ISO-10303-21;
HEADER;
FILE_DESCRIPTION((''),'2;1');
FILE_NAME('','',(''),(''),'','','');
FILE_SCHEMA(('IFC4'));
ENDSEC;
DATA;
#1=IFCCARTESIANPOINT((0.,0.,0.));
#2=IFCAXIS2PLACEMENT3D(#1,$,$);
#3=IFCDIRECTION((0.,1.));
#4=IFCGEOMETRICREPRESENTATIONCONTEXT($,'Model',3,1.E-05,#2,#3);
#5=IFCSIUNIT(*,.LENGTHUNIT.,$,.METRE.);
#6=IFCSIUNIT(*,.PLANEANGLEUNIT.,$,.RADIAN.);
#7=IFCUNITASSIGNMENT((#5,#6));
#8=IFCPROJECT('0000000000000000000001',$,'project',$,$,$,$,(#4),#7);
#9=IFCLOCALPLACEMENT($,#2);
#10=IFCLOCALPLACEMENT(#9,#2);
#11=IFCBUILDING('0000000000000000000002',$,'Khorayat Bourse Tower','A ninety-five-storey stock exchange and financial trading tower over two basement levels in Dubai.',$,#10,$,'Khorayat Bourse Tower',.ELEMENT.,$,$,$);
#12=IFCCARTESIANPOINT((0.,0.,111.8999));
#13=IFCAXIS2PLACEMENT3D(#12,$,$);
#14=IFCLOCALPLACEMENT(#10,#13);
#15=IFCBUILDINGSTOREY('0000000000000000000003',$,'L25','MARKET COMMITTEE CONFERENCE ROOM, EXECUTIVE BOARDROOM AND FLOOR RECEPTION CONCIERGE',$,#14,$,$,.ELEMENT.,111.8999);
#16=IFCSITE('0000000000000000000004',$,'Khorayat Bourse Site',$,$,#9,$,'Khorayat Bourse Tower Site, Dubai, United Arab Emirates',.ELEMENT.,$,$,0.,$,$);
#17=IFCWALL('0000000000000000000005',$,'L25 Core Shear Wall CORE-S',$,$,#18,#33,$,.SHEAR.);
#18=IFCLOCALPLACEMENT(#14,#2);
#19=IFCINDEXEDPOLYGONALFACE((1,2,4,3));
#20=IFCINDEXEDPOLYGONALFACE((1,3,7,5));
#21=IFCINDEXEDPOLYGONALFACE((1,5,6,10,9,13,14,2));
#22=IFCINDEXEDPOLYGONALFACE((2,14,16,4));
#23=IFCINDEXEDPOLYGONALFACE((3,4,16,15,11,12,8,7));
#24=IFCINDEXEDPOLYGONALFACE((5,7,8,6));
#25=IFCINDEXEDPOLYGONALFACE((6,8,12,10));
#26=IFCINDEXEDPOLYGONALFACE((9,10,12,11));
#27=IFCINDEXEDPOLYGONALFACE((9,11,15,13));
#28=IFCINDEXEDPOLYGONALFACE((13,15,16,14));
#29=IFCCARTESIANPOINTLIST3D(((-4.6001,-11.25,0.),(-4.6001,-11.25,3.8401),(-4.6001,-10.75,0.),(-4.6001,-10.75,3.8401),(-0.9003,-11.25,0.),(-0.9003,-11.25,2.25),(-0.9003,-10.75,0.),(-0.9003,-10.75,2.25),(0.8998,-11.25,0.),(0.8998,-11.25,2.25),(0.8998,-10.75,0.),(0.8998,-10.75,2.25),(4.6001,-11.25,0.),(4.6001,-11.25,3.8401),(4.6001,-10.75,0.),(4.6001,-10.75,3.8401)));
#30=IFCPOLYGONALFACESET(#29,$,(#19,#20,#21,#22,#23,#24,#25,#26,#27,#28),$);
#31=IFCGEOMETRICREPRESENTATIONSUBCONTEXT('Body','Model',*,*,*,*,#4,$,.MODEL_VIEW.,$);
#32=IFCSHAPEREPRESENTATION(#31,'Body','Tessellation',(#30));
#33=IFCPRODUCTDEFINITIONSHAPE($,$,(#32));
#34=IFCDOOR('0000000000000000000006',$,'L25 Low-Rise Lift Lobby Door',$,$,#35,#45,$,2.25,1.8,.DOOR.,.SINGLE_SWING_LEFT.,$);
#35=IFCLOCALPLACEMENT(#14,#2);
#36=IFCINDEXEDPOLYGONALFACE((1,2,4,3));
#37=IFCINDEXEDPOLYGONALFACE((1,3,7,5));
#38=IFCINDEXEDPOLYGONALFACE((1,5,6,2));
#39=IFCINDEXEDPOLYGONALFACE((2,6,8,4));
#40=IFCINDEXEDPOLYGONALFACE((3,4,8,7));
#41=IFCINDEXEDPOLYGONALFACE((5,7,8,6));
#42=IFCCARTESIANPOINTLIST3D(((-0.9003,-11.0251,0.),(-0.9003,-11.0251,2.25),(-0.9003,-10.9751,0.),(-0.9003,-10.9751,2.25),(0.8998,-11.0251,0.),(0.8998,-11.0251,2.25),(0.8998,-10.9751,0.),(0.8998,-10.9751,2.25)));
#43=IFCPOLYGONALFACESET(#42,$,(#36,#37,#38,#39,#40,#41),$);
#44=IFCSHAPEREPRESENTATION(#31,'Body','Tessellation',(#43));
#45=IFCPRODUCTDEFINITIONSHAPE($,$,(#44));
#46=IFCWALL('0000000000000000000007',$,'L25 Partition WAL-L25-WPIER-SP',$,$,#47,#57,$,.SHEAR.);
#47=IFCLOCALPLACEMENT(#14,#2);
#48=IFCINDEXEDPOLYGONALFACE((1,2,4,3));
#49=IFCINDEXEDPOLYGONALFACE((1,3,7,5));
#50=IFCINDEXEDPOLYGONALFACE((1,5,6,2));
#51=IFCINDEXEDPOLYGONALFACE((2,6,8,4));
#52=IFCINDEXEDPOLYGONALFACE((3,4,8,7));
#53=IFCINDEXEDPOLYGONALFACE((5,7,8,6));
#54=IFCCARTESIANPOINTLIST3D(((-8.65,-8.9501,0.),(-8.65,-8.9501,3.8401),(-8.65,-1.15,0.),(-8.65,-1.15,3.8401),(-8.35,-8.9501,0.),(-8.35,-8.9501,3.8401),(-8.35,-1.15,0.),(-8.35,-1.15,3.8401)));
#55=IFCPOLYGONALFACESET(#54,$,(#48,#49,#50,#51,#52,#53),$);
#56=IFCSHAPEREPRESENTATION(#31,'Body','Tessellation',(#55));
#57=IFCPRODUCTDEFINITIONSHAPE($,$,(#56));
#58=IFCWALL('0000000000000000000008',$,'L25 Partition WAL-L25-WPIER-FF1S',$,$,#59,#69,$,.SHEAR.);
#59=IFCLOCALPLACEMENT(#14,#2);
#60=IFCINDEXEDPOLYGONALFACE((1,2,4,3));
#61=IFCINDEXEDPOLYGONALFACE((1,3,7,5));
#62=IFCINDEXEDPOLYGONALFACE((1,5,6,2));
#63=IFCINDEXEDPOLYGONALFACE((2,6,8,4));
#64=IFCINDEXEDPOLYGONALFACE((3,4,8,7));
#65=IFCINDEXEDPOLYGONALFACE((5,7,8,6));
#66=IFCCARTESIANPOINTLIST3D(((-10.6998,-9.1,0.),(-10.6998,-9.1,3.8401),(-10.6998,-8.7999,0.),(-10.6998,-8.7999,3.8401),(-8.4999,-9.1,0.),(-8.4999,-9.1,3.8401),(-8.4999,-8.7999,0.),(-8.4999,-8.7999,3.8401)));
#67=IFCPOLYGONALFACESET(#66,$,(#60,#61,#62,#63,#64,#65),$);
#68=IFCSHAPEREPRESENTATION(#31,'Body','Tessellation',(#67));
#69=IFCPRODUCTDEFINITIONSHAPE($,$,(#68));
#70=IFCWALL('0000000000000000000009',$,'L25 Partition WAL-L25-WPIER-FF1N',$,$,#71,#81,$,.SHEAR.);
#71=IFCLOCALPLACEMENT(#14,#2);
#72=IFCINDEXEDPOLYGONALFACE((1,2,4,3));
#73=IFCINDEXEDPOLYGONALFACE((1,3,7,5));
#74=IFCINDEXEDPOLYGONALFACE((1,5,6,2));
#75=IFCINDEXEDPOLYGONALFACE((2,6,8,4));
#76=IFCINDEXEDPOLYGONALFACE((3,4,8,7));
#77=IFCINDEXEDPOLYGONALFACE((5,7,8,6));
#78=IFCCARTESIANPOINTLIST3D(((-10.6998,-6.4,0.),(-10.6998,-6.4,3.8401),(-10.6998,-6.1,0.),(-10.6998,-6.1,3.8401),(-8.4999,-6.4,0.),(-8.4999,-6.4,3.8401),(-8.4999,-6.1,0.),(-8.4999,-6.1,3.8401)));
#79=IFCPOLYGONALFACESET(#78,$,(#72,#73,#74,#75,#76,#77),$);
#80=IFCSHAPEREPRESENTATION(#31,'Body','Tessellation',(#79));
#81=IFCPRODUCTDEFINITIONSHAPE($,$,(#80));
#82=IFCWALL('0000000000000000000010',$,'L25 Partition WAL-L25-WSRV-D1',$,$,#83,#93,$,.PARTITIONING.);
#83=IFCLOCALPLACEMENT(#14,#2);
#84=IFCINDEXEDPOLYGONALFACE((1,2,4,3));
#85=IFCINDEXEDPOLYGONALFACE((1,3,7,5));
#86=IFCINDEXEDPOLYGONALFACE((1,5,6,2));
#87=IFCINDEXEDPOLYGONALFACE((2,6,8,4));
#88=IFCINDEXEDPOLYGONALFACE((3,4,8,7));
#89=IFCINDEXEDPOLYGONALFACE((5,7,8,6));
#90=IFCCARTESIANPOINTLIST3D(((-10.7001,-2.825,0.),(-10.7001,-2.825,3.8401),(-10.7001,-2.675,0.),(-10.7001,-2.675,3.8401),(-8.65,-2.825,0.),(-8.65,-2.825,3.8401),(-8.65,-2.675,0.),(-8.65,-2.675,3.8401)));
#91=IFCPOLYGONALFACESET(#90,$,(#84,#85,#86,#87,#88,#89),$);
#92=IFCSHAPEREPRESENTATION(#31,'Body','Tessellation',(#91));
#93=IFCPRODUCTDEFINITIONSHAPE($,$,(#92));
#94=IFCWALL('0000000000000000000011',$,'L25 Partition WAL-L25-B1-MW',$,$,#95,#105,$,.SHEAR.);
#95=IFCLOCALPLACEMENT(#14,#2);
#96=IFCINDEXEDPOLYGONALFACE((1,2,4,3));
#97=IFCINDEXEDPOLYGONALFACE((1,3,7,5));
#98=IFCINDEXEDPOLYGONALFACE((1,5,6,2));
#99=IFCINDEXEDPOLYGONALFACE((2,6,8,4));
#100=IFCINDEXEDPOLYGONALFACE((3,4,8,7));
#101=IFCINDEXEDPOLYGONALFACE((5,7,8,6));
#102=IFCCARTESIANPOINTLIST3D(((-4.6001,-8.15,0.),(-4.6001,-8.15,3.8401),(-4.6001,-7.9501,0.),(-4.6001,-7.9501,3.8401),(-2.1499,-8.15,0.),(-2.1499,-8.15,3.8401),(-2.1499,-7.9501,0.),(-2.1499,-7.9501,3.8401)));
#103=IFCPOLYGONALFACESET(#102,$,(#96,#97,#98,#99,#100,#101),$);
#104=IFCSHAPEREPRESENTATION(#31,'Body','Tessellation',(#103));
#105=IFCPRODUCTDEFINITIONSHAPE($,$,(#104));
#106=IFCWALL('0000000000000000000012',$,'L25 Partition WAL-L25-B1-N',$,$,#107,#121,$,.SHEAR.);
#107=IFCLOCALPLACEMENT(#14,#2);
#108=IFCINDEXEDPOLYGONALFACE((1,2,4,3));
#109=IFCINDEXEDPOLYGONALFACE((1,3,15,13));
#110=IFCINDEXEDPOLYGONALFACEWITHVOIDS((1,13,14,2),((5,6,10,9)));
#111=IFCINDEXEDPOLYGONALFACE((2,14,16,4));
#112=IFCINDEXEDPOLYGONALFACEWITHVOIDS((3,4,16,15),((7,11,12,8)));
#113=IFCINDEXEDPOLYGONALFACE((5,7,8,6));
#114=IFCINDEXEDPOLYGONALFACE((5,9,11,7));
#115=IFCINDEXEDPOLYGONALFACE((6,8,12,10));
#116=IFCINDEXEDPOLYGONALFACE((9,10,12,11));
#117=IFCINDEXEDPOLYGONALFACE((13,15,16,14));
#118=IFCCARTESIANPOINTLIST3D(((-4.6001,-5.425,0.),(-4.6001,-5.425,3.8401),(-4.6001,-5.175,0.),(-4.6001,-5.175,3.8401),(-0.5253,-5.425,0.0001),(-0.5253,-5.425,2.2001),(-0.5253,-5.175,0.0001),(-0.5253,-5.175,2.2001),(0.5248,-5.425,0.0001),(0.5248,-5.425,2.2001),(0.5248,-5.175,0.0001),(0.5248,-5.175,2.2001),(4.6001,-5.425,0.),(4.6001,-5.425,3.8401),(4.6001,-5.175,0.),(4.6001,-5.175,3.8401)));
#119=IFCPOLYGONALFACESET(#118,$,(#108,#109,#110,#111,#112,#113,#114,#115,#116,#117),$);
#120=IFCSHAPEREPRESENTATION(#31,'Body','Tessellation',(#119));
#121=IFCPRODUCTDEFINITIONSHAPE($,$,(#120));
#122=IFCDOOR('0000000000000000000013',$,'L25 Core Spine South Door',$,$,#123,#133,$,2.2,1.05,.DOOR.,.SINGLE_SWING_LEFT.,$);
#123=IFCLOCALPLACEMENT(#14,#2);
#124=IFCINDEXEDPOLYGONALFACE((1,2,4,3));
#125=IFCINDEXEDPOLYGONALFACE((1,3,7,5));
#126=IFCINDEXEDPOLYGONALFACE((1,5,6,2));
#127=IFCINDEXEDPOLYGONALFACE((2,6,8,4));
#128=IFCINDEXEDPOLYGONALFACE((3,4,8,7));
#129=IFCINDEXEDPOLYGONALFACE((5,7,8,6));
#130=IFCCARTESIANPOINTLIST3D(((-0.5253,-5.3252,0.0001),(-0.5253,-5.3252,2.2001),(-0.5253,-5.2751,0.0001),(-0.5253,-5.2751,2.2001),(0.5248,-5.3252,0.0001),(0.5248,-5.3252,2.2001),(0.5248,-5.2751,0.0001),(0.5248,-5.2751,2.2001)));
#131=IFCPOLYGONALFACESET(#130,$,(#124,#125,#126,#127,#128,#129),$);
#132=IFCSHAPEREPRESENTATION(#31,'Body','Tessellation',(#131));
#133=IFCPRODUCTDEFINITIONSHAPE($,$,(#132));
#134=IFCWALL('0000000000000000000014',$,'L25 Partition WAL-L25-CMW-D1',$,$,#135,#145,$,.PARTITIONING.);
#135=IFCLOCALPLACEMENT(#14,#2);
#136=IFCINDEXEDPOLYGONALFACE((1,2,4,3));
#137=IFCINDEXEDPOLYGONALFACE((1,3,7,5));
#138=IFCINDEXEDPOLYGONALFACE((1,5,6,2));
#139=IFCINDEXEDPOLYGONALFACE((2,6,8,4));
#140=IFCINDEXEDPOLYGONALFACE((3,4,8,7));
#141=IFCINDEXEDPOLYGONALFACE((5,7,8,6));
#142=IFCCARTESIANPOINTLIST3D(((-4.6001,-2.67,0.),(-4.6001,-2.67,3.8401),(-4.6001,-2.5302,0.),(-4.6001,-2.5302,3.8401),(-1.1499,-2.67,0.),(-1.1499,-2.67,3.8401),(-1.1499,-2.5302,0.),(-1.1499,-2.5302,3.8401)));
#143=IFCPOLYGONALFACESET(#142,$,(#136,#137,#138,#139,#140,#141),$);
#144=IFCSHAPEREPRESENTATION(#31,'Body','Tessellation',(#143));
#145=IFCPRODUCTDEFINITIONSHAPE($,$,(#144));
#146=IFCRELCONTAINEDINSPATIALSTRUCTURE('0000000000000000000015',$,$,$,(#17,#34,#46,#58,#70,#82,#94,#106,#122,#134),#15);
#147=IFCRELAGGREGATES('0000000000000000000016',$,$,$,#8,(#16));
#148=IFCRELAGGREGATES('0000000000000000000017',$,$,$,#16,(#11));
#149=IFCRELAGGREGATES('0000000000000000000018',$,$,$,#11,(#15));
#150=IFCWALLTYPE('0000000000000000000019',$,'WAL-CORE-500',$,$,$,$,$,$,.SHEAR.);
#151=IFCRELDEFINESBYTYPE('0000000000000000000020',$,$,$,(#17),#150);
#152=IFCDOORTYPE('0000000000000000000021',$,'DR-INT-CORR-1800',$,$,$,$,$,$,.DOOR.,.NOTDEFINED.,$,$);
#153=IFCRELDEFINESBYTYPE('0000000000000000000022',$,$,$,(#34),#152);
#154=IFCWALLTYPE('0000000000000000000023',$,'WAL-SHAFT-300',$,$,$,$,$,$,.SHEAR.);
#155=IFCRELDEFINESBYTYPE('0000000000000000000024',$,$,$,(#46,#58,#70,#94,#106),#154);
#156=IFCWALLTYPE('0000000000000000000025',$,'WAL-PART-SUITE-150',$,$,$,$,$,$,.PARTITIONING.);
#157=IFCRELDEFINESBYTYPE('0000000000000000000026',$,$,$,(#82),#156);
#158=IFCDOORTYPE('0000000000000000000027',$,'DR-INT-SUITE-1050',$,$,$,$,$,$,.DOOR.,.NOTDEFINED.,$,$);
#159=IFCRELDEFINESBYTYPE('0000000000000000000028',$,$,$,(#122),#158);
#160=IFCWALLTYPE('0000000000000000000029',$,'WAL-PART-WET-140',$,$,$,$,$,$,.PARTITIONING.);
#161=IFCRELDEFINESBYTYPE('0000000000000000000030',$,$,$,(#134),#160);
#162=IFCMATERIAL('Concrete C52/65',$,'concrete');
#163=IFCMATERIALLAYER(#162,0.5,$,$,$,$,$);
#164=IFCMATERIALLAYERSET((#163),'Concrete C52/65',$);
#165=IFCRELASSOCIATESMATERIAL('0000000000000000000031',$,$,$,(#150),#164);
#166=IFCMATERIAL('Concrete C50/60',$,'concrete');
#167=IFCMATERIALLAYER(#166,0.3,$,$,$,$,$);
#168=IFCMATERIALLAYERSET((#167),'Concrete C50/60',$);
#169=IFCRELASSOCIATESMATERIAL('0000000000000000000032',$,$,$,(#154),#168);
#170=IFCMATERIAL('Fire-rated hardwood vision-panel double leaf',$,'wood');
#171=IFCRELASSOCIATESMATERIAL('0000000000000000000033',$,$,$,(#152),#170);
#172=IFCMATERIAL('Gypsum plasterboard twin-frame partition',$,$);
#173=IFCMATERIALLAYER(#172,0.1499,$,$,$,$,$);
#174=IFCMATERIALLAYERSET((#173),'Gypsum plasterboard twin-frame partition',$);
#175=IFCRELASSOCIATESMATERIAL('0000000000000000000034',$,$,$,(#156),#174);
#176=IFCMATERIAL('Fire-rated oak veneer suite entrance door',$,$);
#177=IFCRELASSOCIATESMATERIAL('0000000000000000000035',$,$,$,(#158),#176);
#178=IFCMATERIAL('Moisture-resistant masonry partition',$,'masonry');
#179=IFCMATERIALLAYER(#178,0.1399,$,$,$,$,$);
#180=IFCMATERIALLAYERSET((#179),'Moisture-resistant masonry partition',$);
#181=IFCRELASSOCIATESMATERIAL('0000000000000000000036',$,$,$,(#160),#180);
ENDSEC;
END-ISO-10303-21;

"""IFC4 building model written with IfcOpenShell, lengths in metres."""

from ifc_helpers import new_model, si_unit, direction, frame, frame_2d, origin, place, context, subcontext, project, spatial, rectangle, extrude, source, transform, mapped, material, layer, layer_set, type_object, element, fill, save


model = new_model("IFC4")

# Units and contexts
model_context = context("Model", 3, precision=1e-05, world=origin(), true_north=direction((0.0, 1.0)))
body_context = subcontext(model_context, "Body", "Model", "MODEL_VIEW")
ifc_project = project(units=[si_unit("LENGTHUNIT", "METRE"), si_unit("PLANEANGLEUNIT", "RADIAN")], contexts=[model_context])

# Site, building, storey
site_placement = place(None, origin())
site = spatial("IfcSite", under=ifc_project, at=site_placement, Name="Khorayat Bourse Site", LongName="Khorayat Bourse Tower Site, Dubai, United Arab Emirates", CompositionType="ELEMENT", RefElevation=0.0)
building_placement = place(site_placement, origin())
building = spatial("IfcBuilding", under=site, at=building_placement, Name="Khorayat Bourse Tower", Description="A ninety-five-storey stock exchange and financial trading tower over two basement levels in Dubai.", LongName="Khorayat Bourse Tower", CompositionType="ELEMENT")
storey_placement = place(building_placement, frame((0.0, 0.0, 111.8999)))
storey = spatial("IfcBuildingStorey", under=building, at=storey_placement, Name="L25", Description="MARKET COMMITTEE CONFERENCE ROOM, EXECUTIVE BOARDROOM AND FLOOR RECEPTION CONCIERGE", CompositionType="ELEMENT", Elevation=111.8999)

# Shared definitions
ifc_material_1 = material(Name="Concrete C52/65", Category="concrete")
ifc_layer_1 = layer(ifc_material_1, 0.5)
ifc_layer_set_1 = layer_set([ifc_layer_1], Name="Concrete C52/65")
wall_type_1 = type_object("IfcWallType", Name="WAL-CORE-500", PredefinedType="SHEAR", material=ifc_layer_set_1)
ifc_material_2 = material(Name="Concrete C50/60", Category="concrete")
ifc_layer_2 = layer(ifc_material_2, 0.3)
ifc_layer_set_2 = layer_set([ifc_layer_2], Name="Concrete C50/60")
wall_type_2 = type_object("IfcWallType", Name="WAL-SHAFT-300", PredefinedType="SHEAR", material=ifc_layer_set_2)

# Wall, opening, door
shared_shape_1 = source(origin(), body_context, "Body", "SweptSolid", [
    extrude(rectangle(XDim=9.2002, YDim=0.5, at=frame_2d((4.6001, 0.0))), origin(), (0.0, 0.0, 1.0), 3.8401),
])
wall_1_placement = place(storey_placement, frame((-4.6001, -11.0, 0.0), z_axis=(0.0, 0.0, 1.0), x_axis=(1.0, 0.0, 0.0)))
wall_1 = element("IfcWall", 1, at=wall_1_placement, inside=storey, type_object=wall_type_1, Name="L25 Core Shear Wall CORE-S", PredefinedType="SHEAR", context=body_context, shape_type="MappedRepresentation", body=[
    mapped(shared_shape_1, transform((0.0, 0.0, 0.0), scale=1.0)),
])
shared_shape_2 = source(origin(), body_context, "Body", "SweptSolid", [
    extrude(rectangle(XDim=1.8, YDim=2.25, at=frame_2d((0.8999, 1.125))), frame((0.0, 0.26, 0.0), z_axis=(0.0, -1.0, 0.0), x_axis=(1.0, 0.0, 0.0)), (0.0, 0.0, 1.0), 0.52),
])
opening_1_placement = place(wall_1_placement, frame((3.7, 0.0, 0.0)))
opening_1 = element("IfcOpeningElement", 2, at=opening_1_placement, cuts=wall_1, PredefinedType="OPENING", context=body_context, shape_type="MappedRepresentation", body=[
    mapped(shared_shape_2, transform((0.0, 0.0, 0.0), scale=1.0)),
])
ifc_material_3 = material(Name="Fire-rated hardwood vision-panel double leaf", Category="wood")
door_type_1 = type_object("IfcDoorType", Name="DR-INT-CORR-1800", OperationType="NOTDEFINED", PredefinedType="DOOR", material=ifc_material_3)
shared_shape_3 = source(origin(), body_context, "Body", "SweptSolid", [
    extrude(rectangle(XDim=1.8, YDim=2.25, at=frame_2d((0.8999, 1.125))), frame((0.0, 0.0249, 0.0), z_axis=(0.0, -1.0, 0.0), x_axis=(1.0, 0.0, 0.0)), (0.0, 0.0, 1.0), 0.05),
])
door_1_placement = place(opening_1_placement, origin())
door_1 = element("IfcDoor", 3, at=door_1_placement, inside=storey, type_object=door_type_1, Name="L25 Low-Rise Lift Lobby Door", OperationType="SINGLE_SWING_LEFT", OverallHeight=2.25, OverallWidth=1.8, PredefinedType="DOOR", context=body_context, shape_type="MappedRepresentation", body=[
    mapped(shared_shape_3, transform((0.0, 0.0, 0.0), scale=1.0)),
])
fill(opening_1, door_1)

# Walls
shared_shape_4 = source(origin(), body_context, "Body", "SweptSolid", [
    extrude(rectangle(XDim=7.8, YDim=0.3, at=frame_2d((3.8999, 0.0))), origin(), (0.0, 0.0, 1.0), 3.8401),
])
wall_2_placement = place(storey_placement, frame((-8.5, -8.95, 0.0), z_axis=(0.0, 0.0, 1.0), x_axis=(0.0, 1.0, 0.0)))
element("IfcWall", 4, at=wall_2_placement, inside=storey, type_object=wall_type_2, Name="L25 Partition WAL-L25-WPIER-SP", PredefinedType="SHEAR", context=body_context, shape_type="MappedRepresentation", body=[
    mapped(shared_shape_4, transform((0.0, 0.0, 0.0), scale=1.0)),
])
shared_shape_5 = source(origin(), body_context, "Body", "SweptSolid", [
    extrude(rectangle(XDim=2.2, YDim=0.3, at=frame_2d((1.1001, 0.0))), origin(), (0.0, 0.0, 1.0), 3.8401),
])
for number, where, z_axis, x_axis, name in (
    (5, (-10.7, -8.95, 0.0), (0.0, 0.0, 1.0), (1.0, 0.0, 0.0), "L25 Partition WAL-L25-WPIER-FF1S"),
    (6, (-10.7, -6.25, 0.0), (0.0, 0.0, 1.0), (1.0, 0.0, 0.0), "L25 Partition WAL-L25-WPIER-FF1N"),
):
    element("IfcWall", number, at=place(storey_placement, frame(where, z_axis=z_axis, x_axis=x_axis)), inside=storey, type_object=wall_type_2, Name=name, PredefinedType="SHEAR", context=body_context, shape_type="MappedRepresentation", body=[
        mapped(shared_shape_5, transform((0.0, 0.0, 0.0), scale=1.0)),
    ])
ifc_material_4 = material(Name="Gypsum plasterboard twin-frame partition")
ifc_layer_3 = layer(ifc_material_4, 0.1499)
ifc_layer_set_3 = layer_set([ifc_layer_3], Name="Gypsum plasterboard twin-frame partition")
wall_type_3 = type_object("IfcWallType", Name="WAL-PART-SUITE-150", PredefinedType="PARTITIONING", material=ifc_layer_set_3)
shared_shape_6 = source(origin(), body_context, "Body", "SweptSolid", [
    extrude(rectangle(XDim=2.05, YDim=0.1499, at=frame_2d((1.0249, 0.0))), origin(), (0.0, 0.0, 1.0), 3.8401),
])
wall_3_placement = place(storey_placement, frame((-10.7, -2.75, 0.0), z_axis=(0.0, 0.0, 1.0), x_axis=(1.0, 0.0, 0.0)))
element("IfcWall", 7, at=wall_3_placement, inside=storey, type_object=wall_type_3, Name="L25 Partition WAL-L25-WSRV-D1", PredefinedType="PARTITIONING", context=body_context, shape_type="MappedRepresentation", body=[
    mapped(shared_shape_6, transform((0.0, 0.0, 0.0), scale=1.0)),
])
shared_shape_7 = source(origin(), body_context, "Body", "SweptSolid", [
    extrude(rectangle(XDim=2.4502, YDim=0.2, at=frame_2d((1.2251, 0.0))), origin(), (0.0, 0.0, 1.0), 3.8401),
])
wall_4_placement = place(storey_placement, frame((-4.6001, -8.05, 0.0), z_axis=(0.0, 0.0, 1.0), x_axis=(1.0, 0.0, 0.0)))
element("IfcWall", 8, at=wall_4_placement, inside=storey, type_object=wall_type_2, Name="L25 Partition WAL-L25-B1-MW", PredefinedType="SHEAR", context=body_context, shape_type="MappedRepresentation", body=[
    mapped(shared_shape_7, transform((0.0, 0.0, 0.0), scale=1.0)),
])

# Wall, opening, door
shared_shape_8 = source(origin(), body_context, "Body", "SweptSolid", [
    extrude(rectangle(XDim=9.2002, YDim=0.25, at=frame_2d((4.6001, 0.0))), origin(), (0.0, 0.0, 1.0), 3.8401),
])
wall_5_placement = place(storey_placement, frame((-4.6001, -5.3, 0.0), z_axis=(0.0, 0.0, 1.0), x_axis=(1.0, 0.0, 0.0)))
wall_5 = element("IfcWall", 9, at=wall_5_placement, inside=storey, type_object=wall_type_2, Name="L25 Partition WAL-L25-B1-N", PredefinedType="SHEAR", context=body_context, shape_type="MappedRepresentation", body=[
    mapped(shared_shape_8, transform((0.0, 0.0, 0.0), scale=1.0)),
])
shared_shape_9 = source(origin(), body_context, "Body", "SweptSolid", [
    extrude(rectangle(XDim=1.05, YDim=2.2, at=frame_2d((0.5249, 1.1001))), frame((0.0, 0.135, 0.0), z_axis=(0.0, -1.0, 0.0), x_axis=(1.0, 0.0, 0.0)), (0.0, 0.0, 1.0), 0.27),
])
opening_2_placement = place(wall_5_placement, frame((4.075, 0.0, 0.0)))
opening_2 = element("IfcOpeningElement", 10, at=opening_2_placement, cuts=wall_5, PredefinedType="OPENING", context=body_context, shape_type="MappedRepresentation", body=[
    mapped(shared_shape_9, transform((0.0, 0.0, 0.0), scale=1.0)),
])
ifc_material_5 = material(Name="Fire-rated oak veneer suite entrance door")
door_type_2 = type_object("IfcDoorType", Name="DR-INT-SUITE-1050", OperationType="NOTDEFINED", PredefinedType="DOOR", material=ifc_material_5)
shared_shape_10 = source(origin(), body_context, "Body", "SweptSolid", [
    extrude(rectangle(XDim=1.05, YDim=2.2, at=frame_2d((0.5249, 1.1001))), frame((0.0, 0.0249, 0.0), z_axis=(0.0, -1.0, 0.0), x_axis=(1.0, 0.0, 0.0)), (0.0, 0.0, 1.0), 0.05),
])
door_2_placement = place(opening_2_placement, origin())
door_2 = element("IfcDoor", 11, at=door_2_placement, inside=storey, type_object=door_type_2, Name="L25 Core Spine South Door", OperationType="SINGLE_SWING_LEFT", OverallHeight=2.2, OverallWidth=1.05, PredefinedType="DOOR", context=body_context, shape_type="MappedRepresentation", body=[
    mapped(shared_shape_10, transform((0.0, 0.0, 0.0), scale=1.0)),
])
fill(opening_2, door_2)

# Wall
ifc_material_6 = material(Name="Moisture-resistant masonry partition", Category="masonry")
ifc_layer_4 = layer(ifc_material_6, 0.1399)
ifc_layer_set_4 = layer_set([ifc_layer_4], Name="Moisture-resistant masonry partition")
wall_type_4 = type_object("IfcWallType", Name="WAL-PART-WET-140", PredefinedType="PARTITIONING", material=ifc_layer_set_4)
shared_shape_11 = source(origin(), body_context, "Body", "SweptSolid", [
    extrude(rectangle(XDim=3.4502, YDim=0.1399, at=frame_2d((1.7251, 0.0))), origin(), (0.0, 0.0, 1.0), 3.8401),
])
wall_6_placement = place(storey_placement, frame((-4.6001, -2.6001, 0.0), z_axis=(0.0, 0.0, 1.0), x_axis=(1.0, 0.0, 0.0)))
element("IfcWall", 12, at=wall_6_placement, inside=storey, type_object=wall_type_4, Name="L25 Partition WAL-L25-CMW-D1", PredefinedType="PARTITIONING", context=body_context, shape_type="MappedRepresentation", body=[
    mapped(shared_shape_11, transform((0.0, 0.0, 0.0), scale=1.0)),
])

save(model, "model.ifc")
